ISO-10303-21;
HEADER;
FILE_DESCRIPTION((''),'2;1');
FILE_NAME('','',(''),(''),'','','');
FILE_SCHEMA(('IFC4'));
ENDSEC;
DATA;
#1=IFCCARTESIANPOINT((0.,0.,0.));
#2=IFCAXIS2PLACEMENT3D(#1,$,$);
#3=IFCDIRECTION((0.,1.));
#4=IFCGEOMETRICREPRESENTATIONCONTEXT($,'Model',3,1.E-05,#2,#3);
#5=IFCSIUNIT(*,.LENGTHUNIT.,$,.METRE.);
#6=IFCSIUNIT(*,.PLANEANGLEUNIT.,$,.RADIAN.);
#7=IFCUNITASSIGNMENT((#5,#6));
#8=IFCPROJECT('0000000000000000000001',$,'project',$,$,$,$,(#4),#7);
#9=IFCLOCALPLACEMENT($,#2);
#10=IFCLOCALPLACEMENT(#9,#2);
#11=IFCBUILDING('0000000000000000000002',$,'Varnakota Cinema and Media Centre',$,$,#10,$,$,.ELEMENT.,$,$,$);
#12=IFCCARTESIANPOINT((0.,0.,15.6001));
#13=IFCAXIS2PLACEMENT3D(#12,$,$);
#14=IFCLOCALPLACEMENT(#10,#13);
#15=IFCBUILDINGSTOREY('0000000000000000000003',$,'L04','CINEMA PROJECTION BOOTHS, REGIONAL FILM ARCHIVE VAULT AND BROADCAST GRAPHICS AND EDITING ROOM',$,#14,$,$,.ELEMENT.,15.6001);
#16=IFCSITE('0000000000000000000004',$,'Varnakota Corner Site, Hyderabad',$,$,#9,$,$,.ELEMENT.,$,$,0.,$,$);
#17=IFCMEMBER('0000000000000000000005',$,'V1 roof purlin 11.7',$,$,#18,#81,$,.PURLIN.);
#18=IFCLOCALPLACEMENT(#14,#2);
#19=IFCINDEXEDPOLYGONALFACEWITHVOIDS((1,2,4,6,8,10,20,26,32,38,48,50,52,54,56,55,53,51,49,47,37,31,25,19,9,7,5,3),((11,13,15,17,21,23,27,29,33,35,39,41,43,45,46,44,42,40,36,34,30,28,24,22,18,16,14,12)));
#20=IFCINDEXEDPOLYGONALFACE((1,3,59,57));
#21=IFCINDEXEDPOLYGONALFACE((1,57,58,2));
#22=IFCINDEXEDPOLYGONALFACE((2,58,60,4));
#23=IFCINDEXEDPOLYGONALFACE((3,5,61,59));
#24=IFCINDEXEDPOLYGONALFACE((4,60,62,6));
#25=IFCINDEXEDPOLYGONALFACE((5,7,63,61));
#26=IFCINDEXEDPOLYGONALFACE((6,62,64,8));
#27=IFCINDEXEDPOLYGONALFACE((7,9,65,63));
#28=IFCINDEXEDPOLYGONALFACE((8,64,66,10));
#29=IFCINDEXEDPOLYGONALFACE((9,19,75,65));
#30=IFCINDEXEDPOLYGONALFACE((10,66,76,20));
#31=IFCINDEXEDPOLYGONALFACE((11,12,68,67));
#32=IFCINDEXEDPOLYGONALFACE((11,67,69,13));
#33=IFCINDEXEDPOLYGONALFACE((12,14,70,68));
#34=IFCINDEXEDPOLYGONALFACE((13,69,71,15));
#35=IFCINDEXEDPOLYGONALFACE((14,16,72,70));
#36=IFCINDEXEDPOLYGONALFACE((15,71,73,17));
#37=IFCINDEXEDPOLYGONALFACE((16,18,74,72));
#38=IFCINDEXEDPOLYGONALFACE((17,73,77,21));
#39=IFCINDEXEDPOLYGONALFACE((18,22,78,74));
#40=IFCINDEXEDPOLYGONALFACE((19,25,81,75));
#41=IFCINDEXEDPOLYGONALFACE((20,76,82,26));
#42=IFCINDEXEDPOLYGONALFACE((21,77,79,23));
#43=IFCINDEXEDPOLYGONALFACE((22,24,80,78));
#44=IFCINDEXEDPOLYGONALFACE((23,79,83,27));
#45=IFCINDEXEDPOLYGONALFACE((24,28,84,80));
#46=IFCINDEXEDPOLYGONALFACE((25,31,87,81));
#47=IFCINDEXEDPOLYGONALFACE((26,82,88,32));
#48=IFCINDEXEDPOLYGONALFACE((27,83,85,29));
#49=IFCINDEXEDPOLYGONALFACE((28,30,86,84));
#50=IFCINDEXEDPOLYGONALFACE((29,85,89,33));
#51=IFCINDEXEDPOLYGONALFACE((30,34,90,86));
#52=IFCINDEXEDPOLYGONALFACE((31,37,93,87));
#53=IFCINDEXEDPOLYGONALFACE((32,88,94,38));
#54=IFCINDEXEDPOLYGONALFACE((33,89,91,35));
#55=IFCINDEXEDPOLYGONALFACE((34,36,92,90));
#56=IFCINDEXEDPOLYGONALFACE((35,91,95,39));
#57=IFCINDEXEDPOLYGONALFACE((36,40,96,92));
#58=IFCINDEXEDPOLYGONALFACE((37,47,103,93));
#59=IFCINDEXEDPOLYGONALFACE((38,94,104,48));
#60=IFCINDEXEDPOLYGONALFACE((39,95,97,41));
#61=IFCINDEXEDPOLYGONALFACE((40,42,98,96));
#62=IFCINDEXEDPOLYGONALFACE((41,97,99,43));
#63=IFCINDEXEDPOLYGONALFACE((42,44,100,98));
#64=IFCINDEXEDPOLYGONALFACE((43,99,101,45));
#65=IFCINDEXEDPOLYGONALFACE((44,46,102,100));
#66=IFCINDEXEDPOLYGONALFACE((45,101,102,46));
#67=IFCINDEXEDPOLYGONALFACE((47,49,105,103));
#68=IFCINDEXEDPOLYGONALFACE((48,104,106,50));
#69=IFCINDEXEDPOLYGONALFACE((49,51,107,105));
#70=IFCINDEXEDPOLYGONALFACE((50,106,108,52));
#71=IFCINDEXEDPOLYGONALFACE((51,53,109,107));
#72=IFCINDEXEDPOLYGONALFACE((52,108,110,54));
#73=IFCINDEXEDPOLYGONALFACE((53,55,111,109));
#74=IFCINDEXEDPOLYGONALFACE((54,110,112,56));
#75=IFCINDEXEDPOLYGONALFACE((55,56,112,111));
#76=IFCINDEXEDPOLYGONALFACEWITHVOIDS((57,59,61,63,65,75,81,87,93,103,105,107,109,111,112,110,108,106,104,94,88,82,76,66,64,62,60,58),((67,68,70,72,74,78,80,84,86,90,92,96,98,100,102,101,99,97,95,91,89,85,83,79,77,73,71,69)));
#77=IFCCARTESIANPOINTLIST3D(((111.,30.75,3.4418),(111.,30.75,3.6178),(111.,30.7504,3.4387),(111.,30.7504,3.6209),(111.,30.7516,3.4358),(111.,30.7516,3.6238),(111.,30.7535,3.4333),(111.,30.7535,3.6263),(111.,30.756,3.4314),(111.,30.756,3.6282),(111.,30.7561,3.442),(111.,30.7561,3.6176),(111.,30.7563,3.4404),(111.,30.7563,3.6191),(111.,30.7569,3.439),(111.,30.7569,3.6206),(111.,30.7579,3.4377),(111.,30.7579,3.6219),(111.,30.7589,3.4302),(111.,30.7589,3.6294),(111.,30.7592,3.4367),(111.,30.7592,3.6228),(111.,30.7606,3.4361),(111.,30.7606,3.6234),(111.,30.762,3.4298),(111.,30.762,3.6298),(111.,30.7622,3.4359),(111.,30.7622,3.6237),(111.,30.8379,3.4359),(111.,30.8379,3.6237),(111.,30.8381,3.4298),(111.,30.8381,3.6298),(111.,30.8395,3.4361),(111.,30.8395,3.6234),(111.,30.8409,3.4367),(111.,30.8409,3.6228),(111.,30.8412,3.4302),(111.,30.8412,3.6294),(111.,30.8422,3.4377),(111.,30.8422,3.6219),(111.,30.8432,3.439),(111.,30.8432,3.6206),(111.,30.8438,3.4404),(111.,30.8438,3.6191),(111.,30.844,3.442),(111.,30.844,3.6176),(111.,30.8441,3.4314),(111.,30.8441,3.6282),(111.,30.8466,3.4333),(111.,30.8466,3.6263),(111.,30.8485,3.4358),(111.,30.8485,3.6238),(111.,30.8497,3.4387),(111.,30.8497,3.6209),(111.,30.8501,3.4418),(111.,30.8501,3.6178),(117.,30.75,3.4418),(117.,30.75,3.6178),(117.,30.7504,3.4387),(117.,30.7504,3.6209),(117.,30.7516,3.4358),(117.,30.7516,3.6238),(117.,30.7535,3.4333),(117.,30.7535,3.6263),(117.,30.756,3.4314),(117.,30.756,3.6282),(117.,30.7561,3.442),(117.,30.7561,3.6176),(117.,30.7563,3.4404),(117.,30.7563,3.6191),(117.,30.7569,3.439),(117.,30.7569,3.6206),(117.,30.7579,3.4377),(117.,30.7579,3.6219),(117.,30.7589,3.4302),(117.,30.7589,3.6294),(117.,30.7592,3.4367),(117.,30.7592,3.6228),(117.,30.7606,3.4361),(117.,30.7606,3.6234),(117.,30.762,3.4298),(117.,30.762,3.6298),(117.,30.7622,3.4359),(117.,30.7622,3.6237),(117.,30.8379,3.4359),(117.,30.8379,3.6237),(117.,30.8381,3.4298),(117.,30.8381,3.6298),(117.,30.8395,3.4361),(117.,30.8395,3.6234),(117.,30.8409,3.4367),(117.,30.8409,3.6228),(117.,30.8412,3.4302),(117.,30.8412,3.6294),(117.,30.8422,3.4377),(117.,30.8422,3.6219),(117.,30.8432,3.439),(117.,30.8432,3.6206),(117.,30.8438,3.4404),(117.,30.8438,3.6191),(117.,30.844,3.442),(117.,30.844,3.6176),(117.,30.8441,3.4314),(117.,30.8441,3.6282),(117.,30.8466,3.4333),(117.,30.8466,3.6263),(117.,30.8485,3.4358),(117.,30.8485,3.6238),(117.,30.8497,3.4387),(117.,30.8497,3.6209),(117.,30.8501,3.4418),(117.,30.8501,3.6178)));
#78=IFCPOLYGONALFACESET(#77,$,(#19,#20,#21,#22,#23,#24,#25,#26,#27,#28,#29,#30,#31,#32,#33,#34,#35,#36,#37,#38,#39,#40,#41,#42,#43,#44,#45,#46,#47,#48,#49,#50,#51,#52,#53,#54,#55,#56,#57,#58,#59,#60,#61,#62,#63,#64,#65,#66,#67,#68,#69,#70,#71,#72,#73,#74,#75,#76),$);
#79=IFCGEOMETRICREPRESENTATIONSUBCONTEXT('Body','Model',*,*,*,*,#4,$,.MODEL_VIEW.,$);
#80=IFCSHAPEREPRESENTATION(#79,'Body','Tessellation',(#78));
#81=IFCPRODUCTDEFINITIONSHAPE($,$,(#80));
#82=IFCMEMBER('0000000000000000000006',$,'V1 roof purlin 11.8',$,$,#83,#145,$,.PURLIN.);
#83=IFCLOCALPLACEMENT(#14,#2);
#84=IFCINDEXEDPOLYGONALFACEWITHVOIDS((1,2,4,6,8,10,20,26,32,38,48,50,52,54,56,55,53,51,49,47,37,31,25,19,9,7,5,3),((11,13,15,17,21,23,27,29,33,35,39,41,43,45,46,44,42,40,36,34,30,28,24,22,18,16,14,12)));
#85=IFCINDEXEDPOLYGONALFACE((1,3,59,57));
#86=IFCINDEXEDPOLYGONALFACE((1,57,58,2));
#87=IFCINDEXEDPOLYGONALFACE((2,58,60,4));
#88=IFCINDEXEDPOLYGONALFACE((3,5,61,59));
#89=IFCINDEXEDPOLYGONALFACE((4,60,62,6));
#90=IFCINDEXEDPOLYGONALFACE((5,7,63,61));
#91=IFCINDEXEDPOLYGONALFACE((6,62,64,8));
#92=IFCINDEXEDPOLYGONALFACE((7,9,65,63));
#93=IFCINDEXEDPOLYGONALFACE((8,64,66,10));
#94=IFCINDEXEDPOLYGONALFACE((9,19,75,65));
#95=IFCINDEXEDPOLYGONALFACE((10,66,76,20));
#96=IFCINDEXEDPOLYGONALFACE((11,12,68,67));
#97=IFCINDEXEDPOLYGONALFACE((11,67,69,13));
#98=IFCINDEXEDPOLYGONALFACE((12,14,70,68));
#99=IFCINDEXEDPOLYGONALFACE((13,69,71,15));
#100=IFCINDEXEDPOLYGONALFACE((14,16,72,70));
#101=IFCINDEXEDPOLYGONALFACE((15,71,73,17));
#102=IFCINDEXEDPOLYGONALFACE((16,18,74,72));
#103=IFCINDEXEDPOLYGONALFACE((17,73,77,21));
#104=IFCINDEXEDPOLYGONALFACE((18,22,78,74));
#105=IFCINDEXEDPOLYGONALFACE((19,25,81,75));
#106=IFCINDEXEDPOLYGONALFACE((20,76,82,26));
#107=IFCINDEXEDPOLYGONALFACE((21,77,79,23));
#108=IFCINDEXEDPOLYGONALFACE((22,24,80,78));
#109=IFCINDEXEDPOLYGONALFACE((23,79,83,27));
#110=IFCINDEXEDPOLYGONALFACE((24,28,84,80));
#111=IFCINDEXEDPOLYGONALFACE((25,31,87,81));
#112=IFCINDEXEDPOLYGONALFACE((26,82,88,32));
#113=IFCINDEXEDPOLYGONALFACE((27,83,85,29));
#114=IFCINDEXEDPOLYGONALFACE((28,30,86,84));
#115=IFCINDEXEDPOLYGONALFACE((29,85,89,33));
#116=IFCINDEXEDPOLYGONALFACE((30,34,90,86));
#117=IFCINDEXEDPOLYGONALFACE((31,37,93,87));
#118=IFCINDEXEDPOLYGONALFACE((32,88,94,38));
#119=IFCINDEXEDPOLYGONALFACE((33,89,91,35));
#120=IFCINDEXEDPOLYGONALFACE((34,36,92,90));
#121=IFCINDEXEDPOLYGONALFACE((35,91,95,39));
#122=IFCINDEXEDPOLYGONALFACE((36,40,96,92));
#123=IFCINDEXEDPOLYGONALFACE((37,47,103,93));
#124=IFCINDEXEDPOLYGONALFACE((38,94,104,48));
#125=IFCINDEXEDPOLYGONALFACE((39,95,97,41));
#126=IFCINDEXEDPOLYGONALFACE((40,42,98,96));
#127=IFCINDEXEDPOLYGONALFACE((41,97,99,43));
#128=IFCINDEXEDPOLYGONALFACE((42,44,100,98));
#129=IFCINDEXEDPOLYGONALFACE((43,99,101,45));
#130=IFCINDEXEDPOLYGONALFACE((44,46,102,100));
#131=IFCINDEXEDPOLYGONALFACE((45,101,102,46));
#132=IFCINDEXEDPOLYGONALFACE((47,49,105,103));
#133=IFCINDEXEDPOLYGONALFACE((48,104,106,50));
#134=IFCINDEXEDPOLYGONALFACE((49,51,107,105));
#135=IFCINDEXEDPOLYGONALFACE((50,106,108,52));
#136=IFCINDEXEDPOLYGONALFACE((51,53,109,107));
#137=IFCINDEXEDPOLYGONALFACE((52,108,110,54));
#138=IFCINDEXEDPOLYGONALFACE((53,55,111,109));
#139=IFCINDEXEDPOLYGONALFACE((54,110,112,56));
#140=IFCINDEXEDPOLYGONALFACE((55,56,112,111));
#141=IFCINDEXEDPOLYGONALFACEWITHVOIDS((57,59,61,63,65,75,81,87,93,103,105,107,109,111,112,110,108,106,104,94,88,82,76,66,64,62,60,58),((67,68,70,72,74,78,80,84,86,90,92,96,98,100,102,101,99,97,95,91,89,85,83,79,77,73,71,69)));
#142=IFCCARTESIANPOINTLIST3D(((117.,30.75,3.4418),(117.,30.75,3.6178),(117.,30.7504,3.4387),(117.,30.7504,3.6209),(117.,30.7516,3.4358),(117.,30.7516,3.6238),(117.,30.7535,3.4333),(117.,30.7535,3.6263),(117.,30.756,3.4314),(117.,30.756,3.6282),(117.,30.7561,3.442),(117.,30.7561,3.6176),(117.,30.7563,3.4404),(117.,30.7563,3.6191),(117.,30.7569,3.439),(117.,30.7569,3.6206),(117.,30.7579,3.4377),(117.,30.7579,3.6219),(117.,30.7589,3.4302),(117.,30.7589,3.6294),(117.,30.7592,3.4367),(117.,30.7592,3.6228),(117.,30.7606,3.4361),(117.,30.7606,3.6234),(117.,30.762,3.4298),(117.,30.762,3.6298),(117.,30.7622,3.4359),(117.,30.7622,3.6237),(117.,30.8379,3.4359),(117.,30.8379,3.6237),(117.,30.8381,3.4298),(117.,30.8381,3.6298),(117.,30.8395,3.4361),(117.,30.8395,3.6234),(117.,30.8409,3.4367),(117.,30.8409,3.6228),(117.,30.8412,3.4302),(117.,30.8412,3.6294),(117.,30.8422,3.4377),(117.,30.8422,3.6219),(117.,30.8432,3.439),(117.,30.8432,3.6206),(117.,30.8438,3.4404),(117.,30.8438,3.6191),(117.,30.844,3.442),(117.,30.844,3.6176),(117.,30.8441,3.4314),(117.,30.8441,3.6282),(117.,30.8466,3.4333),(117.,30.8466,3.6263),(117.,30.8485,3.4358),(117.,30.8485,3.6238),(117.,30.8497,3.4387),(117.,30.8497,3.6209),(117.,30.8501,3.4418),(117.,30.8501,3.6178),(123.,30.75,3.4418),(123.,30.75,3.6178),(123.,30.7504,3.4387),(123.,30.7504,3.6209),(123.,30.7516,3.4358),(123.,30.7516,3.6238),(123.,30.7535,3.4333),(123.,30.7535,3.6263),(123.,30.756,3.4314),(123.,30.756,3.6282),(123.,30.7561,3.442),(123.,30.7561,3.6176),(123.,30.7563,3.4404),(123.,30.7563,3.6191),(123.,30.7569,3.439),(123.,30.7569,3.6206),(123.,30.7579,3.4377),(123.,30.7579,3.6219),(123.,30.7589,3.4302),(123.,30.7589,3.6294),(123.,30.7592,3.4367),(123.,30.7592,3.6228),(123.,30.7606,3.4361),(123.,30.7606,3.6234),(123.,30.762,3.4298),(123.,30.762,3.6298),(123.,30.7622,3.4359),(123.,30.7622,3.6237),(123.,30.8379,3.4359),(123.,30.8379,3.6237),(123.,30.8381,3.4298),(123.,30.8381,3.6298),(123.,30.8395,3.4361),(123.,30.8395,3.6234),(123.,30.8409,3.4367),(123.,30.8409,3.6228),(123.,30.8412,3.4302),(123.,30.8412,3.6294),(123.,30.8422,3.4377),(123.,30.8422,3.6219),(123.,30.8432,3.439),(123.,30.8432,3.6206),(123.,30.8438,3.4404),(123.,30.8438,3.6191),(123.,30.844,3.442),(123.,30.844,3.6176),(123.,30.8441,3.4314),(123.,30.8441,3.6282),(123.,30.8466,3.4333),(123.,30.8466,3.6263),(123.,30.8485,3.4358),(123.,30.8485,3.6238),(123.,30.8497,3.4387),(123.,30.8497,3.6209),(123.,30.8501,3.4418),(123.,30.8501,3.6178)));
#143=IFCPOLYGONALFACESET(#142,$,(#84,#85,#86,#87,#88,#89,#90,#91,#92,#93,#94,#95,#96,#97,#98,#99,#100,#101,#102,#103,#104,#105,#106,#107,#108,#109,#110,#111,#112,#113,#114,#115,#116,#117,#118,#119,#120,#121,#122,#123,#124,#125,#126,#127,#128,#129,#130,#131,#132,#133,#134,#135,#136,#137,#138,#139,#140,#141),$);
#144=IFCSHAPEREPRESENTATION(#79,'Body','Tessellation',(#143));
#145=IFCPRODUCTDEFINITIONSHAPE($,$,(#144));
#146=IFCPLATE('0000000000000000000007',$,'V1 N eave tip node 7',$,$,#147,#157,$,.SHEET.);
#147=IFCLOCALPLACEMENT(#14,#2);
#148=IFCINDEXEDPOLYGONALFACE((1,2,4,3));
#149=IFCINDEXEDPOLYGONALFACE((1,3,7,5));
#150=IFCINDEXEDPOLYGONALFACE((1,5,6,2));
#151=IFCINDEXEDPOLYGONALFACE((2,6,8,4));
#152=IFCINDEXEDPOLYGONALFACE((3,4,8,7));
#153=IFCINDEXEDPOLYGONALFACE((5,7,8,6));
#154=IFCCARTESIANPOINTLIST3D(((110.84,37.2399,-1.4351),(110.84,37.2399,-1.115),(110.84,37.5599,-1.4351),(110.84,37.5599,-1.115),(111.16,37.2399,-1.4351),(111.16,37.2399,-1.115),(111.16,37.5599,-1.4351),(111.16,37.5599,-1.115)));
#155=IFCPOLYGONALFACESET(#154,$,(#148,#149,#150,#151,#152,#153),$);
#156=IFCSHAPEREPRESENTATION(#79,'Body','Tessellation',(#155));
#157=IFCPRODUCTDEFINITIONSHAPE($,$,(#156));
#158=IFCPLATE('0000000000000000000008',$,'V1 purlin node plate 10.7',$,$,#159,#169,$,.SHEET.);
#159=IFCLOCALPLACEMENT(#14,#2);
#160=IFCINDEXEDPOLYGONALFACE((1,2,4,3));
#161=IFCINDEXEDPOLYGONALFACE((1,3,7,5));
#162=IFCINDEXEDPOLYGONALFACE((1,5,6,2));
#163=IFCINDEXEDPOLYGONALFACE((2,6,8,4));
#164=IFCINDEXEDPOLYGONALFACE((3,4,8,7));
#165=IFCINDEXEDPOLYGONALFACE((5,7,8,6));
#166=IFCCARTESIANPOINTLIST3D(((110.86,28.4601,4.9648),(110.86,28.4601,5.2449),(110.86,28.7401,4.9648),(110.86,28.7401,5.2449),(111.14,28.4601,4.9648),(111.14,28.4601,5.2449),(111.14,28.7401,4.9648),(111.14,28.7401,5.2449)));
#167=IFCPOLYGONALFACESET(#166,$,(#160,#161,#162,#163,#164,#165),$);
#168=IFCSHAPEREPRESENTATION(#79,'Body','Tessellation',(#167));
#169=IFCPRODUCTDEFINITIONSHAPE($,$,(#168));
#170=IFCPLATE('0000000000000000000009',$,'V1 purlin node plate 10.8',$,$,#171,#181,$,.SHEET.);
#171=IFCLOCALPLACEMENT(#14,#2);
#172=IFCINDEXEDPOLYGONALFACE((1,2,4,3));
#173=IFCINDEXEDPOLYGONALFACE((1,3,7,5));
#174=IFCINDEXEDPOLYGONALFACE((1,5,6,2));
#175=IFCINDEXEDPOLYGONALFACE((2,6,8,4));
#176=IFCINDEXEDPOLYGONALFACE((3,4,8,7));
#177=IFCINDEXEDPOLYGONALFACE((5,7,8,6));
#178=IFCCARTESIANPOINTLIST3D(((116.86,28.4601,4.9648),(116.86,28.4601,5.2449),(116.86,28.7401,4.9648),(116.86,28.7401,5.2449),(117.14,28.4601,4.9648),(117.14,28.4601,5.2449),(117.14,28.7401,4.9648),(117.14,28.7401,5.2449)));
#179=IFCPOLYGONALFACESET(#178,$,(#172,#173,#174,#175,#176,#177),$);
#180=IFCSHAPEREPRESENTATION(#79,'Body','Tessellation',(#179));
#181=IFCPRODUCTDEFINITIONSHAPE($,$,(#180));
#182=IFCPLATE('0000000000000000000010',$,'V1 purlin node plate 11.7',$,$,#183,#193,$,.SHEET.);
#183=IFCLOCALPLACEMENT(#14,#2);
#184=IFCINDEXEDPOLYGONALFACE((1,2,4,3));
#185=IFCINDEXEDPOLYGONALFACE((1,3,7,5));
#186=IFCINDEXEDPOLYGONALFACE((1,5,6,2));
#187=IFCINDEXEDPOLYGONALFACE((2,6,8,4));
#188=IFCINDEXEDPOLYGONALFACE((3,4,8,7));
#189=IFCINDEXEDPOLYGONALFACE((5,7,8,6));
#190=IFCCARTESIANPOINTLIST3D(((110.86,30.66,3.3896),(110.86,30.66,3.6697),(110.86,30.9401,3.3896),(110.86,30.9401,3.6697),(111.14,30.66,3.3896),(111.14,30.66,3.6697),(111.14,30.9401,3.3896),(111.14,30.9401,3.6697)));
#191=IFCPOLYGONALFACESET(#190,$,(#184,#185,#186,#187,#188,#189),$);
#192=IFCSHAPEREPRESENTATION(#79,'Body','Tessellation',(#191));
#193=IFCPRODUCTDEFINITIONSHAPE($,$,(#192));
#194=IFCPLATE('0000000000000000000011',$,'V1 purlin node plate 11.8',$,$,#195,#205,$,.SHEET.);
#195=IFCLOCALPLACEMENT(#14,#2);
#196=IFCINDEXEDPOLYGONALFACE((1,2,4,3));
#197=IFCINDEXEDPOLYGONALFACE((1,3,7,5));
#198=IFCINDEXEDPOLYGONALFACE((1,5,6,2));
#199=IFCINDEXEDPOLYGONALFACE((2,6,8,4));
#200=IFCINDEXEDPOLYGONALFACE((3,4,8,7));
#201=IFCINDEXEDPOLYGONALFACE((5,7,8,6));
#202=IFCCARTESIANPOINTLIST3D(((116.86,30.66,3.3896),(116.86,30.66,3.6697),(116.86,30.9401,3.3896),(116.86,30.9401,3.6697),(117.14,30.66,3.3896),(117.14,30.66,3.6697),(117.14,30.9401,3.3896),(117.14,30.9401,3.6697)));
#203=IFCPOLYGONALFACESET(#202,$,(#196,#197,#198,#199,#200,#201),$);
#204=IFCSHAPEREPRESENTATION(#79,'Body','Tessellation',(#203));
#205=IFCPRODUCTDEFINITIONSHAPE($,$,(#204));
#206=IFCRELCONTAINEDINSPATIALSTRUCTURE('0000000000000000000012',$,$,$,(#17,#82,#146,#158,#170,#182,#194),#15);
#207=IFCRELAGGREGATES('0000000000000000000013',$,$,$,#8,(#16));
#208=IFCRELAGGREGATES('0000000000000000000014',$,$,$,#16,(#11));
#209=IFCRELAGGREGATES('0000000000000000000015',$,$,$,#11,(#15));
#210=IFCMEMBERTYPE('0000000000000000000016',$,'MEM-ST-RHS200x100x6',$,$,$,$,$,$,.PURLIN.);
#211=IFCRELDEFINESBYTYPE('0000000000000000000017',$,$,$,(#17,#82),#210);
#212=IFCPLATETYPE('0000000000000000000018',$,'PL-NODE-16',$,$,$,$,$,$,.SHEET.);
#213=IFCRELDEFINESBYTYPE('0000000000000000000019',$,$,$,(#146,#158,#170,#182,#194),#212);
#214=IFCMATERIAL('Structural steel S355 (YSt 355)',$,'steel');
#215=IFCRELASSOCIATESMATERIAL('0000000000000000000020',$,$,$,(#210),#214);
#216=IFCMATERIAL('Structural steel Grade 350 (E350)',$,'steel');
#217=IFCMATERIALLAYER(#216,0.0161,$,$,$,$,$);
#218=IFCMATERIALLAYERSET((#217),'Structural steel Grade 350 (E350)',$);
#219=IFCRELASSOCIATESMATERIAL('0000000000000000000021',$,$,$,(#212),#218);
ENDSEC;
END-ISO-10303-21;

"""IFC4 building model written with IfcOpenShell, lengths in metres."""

from ifc_helpers import new_model, si_unit, direction, frame, origin, origin_2d, place, context, subcontext, project, spatial, rectangle, hollow_rectangle, extrude, material, layer, layer_set, material_profile, profile_set, type_object, element, save


model = new_model("IFC4")

# Units and contexts
model_context = context("Model", 3, precision=1e-05, world=origin(), true_north=direction((0.0, 1.0)))
body_context = subcontext(model_context, "Body", "Model", "MODEL_VIEW")
ifc_project = project(units=[si_unit("LENGTHUNIT", "METRE"), si_unit("PLANEANGLEUNIT", "RADIAN")], contexts=[model_context])

# Site, building, storey
site_placement = place(None, origin())
site = spatial("IfcSite", under=ifc_project, at=site_placement, Name="Varnakota Corner Site, Hyderabad", CompositionType="ELEMENT", RefElevation=0.0)
building_placement = place(site_placement, origin())
building = spatial("IfcBuilding", under=site, at=building_placement, Name="Varnakota Cinema and Media Centre", CompositionType="ELEMENT")
storey_placement = place(building_placement, frame((0.0, 0.0, 15.6001)))
storey = spatial("IfcBuildingStorey", under=building, at=storey_placement, Name="L04", Description="CINEMA PROJECTION BOOTHS, REGIONAL FILM ARCHIVE VAULT AND BROADCAST GRAPHICS AND EDITING ROOM", CompositionType="ELEMENT", Elevation=15.6001)

# Members
ifc_material_1 = material(Name="Structural steel S355 (YSt 355)", Category="steel")
ifc_material_profile_1 = material_profile(ifc_material_1, hollow_rectangle(XDim=0.1001, YDim=0.2, WallThickness=0.0061, InnerFilletRadius=0.0061, OuterFilletRadius=0.012, at=origin_2d()), Name="RHS 200x100x6")
ifc_profile_set_1 = profile_set([ifc_material_profile_1], Name="Structural steel S355 (YSt 355)")
member_type_1 = type_object("IfcMemberType", Name="MEM-ST-RHS200x100x6", PredefinedType="PURLIN", material=ifc_profile_set_1)
for number, where, z_axis, x_axis, name in (
    (1, (111.0, 30.8, 3.5298), (1.0, 0.0, 0.0), (0.0, 1.0, 0.0), "V1 roof purlin 11.7"),
    (2, (117.0, 30.8, 3.5298), (1.0, 0.0, 0.0), (0.0, 1.0, 0.0), "V1 roof purlin 11.8"),
):
    element("IfcMember", number, at=place(storey_placement, frame(where, z_axis=z_axis, x_axis=x_axis)), inside=storey, type_object=member_type_1, Name=name, PredefinedType="PURLIN", context=body_context, shape_type="SweptSolid", body=[
        extrude(hollow_rectangle(XDim=0.1001, YDim=0.2, WallThickness=0.0061, InnerFilletRadius=0.0061, OuterFilletRadius=0.012, at=origin_2d()), origin(), (0.0, 0.0, 1.0), 6.0),
    ])

# Plates
ifc_material_2 = material(Name="Structural steel Grade 350 (E350)", Category="steel")
ifc_layer_1 = layer(ifc_material_2, 0.0161)
ifc_layer_set_1 = layer_set([ifc_layer_1], Name="Structural steel Grade 350 (E350)")
plate_type_1 = type_object("IfcPlateType", Name="PL-NODE-16", PredefinedType="SHEET", material=ifc_layer_set_1)
plate_1_placement = place(storey_placement, frame((111.0, 37.3999, -1.4351), z_axis=(0.0, 0.0, 1.0), x_axis=(1.0, 0.0, 0.0)))
element("IfcPlate", 3, at=plate_1_placement, inside=storey, type_object=plate_type_1, Name="V1 N eave tip node 7", PredefinedType="SHEET", context=body_context, shape_type="SweptSolid", body=[
    extrude(rectangle(XDim=0.3201, YDim=0.3201, at=origin_2d()), origin(), (0.0, 0.0, 1.0), 0.3201),
])
for number, where, z_axis, x_axis, name in (
    (4, (111.0, 28.6001, 4.9648), (0.0, 0.0, 1.0), (1.0, 0.0, 0.0), "V1 purlin node plate 10.7"),
    (5, (117.0, 28.6001, 4.9648), (0.0, 0.0, 1.0), (1.0, 0.0, 0.0), "V1 purlin node plate 10.8"),
    (6, (111.0, 30.8, 3.3896), (0.0, 0.0, 1.0), (1.0, 0.0, 0.0), "V1 purlin node plate 11.7"),
    (7, (117.0, 30.8, 3.3896), (0.0, 0.0, 1.0), (1.0, 0.0, 0.0), "V1 purlin node plate 11.8"),
):
    element("IfcPlate", number, at=place(storey_placement, frame(where, z_axis=z_axis, x_axis=x_axis)), inside=storey, type_object=plate_type_1, Name=name, PredefinedType="SHEET", context=body_context, shape_type="SweptSolid", body=[
        extrude(rectangle(XDim=0.28, YDim=0.28, at=origin_2d()), origin(), (0.0, 0.0, 1.0), 0.28),
    ])

save(model, "model.ifc")
